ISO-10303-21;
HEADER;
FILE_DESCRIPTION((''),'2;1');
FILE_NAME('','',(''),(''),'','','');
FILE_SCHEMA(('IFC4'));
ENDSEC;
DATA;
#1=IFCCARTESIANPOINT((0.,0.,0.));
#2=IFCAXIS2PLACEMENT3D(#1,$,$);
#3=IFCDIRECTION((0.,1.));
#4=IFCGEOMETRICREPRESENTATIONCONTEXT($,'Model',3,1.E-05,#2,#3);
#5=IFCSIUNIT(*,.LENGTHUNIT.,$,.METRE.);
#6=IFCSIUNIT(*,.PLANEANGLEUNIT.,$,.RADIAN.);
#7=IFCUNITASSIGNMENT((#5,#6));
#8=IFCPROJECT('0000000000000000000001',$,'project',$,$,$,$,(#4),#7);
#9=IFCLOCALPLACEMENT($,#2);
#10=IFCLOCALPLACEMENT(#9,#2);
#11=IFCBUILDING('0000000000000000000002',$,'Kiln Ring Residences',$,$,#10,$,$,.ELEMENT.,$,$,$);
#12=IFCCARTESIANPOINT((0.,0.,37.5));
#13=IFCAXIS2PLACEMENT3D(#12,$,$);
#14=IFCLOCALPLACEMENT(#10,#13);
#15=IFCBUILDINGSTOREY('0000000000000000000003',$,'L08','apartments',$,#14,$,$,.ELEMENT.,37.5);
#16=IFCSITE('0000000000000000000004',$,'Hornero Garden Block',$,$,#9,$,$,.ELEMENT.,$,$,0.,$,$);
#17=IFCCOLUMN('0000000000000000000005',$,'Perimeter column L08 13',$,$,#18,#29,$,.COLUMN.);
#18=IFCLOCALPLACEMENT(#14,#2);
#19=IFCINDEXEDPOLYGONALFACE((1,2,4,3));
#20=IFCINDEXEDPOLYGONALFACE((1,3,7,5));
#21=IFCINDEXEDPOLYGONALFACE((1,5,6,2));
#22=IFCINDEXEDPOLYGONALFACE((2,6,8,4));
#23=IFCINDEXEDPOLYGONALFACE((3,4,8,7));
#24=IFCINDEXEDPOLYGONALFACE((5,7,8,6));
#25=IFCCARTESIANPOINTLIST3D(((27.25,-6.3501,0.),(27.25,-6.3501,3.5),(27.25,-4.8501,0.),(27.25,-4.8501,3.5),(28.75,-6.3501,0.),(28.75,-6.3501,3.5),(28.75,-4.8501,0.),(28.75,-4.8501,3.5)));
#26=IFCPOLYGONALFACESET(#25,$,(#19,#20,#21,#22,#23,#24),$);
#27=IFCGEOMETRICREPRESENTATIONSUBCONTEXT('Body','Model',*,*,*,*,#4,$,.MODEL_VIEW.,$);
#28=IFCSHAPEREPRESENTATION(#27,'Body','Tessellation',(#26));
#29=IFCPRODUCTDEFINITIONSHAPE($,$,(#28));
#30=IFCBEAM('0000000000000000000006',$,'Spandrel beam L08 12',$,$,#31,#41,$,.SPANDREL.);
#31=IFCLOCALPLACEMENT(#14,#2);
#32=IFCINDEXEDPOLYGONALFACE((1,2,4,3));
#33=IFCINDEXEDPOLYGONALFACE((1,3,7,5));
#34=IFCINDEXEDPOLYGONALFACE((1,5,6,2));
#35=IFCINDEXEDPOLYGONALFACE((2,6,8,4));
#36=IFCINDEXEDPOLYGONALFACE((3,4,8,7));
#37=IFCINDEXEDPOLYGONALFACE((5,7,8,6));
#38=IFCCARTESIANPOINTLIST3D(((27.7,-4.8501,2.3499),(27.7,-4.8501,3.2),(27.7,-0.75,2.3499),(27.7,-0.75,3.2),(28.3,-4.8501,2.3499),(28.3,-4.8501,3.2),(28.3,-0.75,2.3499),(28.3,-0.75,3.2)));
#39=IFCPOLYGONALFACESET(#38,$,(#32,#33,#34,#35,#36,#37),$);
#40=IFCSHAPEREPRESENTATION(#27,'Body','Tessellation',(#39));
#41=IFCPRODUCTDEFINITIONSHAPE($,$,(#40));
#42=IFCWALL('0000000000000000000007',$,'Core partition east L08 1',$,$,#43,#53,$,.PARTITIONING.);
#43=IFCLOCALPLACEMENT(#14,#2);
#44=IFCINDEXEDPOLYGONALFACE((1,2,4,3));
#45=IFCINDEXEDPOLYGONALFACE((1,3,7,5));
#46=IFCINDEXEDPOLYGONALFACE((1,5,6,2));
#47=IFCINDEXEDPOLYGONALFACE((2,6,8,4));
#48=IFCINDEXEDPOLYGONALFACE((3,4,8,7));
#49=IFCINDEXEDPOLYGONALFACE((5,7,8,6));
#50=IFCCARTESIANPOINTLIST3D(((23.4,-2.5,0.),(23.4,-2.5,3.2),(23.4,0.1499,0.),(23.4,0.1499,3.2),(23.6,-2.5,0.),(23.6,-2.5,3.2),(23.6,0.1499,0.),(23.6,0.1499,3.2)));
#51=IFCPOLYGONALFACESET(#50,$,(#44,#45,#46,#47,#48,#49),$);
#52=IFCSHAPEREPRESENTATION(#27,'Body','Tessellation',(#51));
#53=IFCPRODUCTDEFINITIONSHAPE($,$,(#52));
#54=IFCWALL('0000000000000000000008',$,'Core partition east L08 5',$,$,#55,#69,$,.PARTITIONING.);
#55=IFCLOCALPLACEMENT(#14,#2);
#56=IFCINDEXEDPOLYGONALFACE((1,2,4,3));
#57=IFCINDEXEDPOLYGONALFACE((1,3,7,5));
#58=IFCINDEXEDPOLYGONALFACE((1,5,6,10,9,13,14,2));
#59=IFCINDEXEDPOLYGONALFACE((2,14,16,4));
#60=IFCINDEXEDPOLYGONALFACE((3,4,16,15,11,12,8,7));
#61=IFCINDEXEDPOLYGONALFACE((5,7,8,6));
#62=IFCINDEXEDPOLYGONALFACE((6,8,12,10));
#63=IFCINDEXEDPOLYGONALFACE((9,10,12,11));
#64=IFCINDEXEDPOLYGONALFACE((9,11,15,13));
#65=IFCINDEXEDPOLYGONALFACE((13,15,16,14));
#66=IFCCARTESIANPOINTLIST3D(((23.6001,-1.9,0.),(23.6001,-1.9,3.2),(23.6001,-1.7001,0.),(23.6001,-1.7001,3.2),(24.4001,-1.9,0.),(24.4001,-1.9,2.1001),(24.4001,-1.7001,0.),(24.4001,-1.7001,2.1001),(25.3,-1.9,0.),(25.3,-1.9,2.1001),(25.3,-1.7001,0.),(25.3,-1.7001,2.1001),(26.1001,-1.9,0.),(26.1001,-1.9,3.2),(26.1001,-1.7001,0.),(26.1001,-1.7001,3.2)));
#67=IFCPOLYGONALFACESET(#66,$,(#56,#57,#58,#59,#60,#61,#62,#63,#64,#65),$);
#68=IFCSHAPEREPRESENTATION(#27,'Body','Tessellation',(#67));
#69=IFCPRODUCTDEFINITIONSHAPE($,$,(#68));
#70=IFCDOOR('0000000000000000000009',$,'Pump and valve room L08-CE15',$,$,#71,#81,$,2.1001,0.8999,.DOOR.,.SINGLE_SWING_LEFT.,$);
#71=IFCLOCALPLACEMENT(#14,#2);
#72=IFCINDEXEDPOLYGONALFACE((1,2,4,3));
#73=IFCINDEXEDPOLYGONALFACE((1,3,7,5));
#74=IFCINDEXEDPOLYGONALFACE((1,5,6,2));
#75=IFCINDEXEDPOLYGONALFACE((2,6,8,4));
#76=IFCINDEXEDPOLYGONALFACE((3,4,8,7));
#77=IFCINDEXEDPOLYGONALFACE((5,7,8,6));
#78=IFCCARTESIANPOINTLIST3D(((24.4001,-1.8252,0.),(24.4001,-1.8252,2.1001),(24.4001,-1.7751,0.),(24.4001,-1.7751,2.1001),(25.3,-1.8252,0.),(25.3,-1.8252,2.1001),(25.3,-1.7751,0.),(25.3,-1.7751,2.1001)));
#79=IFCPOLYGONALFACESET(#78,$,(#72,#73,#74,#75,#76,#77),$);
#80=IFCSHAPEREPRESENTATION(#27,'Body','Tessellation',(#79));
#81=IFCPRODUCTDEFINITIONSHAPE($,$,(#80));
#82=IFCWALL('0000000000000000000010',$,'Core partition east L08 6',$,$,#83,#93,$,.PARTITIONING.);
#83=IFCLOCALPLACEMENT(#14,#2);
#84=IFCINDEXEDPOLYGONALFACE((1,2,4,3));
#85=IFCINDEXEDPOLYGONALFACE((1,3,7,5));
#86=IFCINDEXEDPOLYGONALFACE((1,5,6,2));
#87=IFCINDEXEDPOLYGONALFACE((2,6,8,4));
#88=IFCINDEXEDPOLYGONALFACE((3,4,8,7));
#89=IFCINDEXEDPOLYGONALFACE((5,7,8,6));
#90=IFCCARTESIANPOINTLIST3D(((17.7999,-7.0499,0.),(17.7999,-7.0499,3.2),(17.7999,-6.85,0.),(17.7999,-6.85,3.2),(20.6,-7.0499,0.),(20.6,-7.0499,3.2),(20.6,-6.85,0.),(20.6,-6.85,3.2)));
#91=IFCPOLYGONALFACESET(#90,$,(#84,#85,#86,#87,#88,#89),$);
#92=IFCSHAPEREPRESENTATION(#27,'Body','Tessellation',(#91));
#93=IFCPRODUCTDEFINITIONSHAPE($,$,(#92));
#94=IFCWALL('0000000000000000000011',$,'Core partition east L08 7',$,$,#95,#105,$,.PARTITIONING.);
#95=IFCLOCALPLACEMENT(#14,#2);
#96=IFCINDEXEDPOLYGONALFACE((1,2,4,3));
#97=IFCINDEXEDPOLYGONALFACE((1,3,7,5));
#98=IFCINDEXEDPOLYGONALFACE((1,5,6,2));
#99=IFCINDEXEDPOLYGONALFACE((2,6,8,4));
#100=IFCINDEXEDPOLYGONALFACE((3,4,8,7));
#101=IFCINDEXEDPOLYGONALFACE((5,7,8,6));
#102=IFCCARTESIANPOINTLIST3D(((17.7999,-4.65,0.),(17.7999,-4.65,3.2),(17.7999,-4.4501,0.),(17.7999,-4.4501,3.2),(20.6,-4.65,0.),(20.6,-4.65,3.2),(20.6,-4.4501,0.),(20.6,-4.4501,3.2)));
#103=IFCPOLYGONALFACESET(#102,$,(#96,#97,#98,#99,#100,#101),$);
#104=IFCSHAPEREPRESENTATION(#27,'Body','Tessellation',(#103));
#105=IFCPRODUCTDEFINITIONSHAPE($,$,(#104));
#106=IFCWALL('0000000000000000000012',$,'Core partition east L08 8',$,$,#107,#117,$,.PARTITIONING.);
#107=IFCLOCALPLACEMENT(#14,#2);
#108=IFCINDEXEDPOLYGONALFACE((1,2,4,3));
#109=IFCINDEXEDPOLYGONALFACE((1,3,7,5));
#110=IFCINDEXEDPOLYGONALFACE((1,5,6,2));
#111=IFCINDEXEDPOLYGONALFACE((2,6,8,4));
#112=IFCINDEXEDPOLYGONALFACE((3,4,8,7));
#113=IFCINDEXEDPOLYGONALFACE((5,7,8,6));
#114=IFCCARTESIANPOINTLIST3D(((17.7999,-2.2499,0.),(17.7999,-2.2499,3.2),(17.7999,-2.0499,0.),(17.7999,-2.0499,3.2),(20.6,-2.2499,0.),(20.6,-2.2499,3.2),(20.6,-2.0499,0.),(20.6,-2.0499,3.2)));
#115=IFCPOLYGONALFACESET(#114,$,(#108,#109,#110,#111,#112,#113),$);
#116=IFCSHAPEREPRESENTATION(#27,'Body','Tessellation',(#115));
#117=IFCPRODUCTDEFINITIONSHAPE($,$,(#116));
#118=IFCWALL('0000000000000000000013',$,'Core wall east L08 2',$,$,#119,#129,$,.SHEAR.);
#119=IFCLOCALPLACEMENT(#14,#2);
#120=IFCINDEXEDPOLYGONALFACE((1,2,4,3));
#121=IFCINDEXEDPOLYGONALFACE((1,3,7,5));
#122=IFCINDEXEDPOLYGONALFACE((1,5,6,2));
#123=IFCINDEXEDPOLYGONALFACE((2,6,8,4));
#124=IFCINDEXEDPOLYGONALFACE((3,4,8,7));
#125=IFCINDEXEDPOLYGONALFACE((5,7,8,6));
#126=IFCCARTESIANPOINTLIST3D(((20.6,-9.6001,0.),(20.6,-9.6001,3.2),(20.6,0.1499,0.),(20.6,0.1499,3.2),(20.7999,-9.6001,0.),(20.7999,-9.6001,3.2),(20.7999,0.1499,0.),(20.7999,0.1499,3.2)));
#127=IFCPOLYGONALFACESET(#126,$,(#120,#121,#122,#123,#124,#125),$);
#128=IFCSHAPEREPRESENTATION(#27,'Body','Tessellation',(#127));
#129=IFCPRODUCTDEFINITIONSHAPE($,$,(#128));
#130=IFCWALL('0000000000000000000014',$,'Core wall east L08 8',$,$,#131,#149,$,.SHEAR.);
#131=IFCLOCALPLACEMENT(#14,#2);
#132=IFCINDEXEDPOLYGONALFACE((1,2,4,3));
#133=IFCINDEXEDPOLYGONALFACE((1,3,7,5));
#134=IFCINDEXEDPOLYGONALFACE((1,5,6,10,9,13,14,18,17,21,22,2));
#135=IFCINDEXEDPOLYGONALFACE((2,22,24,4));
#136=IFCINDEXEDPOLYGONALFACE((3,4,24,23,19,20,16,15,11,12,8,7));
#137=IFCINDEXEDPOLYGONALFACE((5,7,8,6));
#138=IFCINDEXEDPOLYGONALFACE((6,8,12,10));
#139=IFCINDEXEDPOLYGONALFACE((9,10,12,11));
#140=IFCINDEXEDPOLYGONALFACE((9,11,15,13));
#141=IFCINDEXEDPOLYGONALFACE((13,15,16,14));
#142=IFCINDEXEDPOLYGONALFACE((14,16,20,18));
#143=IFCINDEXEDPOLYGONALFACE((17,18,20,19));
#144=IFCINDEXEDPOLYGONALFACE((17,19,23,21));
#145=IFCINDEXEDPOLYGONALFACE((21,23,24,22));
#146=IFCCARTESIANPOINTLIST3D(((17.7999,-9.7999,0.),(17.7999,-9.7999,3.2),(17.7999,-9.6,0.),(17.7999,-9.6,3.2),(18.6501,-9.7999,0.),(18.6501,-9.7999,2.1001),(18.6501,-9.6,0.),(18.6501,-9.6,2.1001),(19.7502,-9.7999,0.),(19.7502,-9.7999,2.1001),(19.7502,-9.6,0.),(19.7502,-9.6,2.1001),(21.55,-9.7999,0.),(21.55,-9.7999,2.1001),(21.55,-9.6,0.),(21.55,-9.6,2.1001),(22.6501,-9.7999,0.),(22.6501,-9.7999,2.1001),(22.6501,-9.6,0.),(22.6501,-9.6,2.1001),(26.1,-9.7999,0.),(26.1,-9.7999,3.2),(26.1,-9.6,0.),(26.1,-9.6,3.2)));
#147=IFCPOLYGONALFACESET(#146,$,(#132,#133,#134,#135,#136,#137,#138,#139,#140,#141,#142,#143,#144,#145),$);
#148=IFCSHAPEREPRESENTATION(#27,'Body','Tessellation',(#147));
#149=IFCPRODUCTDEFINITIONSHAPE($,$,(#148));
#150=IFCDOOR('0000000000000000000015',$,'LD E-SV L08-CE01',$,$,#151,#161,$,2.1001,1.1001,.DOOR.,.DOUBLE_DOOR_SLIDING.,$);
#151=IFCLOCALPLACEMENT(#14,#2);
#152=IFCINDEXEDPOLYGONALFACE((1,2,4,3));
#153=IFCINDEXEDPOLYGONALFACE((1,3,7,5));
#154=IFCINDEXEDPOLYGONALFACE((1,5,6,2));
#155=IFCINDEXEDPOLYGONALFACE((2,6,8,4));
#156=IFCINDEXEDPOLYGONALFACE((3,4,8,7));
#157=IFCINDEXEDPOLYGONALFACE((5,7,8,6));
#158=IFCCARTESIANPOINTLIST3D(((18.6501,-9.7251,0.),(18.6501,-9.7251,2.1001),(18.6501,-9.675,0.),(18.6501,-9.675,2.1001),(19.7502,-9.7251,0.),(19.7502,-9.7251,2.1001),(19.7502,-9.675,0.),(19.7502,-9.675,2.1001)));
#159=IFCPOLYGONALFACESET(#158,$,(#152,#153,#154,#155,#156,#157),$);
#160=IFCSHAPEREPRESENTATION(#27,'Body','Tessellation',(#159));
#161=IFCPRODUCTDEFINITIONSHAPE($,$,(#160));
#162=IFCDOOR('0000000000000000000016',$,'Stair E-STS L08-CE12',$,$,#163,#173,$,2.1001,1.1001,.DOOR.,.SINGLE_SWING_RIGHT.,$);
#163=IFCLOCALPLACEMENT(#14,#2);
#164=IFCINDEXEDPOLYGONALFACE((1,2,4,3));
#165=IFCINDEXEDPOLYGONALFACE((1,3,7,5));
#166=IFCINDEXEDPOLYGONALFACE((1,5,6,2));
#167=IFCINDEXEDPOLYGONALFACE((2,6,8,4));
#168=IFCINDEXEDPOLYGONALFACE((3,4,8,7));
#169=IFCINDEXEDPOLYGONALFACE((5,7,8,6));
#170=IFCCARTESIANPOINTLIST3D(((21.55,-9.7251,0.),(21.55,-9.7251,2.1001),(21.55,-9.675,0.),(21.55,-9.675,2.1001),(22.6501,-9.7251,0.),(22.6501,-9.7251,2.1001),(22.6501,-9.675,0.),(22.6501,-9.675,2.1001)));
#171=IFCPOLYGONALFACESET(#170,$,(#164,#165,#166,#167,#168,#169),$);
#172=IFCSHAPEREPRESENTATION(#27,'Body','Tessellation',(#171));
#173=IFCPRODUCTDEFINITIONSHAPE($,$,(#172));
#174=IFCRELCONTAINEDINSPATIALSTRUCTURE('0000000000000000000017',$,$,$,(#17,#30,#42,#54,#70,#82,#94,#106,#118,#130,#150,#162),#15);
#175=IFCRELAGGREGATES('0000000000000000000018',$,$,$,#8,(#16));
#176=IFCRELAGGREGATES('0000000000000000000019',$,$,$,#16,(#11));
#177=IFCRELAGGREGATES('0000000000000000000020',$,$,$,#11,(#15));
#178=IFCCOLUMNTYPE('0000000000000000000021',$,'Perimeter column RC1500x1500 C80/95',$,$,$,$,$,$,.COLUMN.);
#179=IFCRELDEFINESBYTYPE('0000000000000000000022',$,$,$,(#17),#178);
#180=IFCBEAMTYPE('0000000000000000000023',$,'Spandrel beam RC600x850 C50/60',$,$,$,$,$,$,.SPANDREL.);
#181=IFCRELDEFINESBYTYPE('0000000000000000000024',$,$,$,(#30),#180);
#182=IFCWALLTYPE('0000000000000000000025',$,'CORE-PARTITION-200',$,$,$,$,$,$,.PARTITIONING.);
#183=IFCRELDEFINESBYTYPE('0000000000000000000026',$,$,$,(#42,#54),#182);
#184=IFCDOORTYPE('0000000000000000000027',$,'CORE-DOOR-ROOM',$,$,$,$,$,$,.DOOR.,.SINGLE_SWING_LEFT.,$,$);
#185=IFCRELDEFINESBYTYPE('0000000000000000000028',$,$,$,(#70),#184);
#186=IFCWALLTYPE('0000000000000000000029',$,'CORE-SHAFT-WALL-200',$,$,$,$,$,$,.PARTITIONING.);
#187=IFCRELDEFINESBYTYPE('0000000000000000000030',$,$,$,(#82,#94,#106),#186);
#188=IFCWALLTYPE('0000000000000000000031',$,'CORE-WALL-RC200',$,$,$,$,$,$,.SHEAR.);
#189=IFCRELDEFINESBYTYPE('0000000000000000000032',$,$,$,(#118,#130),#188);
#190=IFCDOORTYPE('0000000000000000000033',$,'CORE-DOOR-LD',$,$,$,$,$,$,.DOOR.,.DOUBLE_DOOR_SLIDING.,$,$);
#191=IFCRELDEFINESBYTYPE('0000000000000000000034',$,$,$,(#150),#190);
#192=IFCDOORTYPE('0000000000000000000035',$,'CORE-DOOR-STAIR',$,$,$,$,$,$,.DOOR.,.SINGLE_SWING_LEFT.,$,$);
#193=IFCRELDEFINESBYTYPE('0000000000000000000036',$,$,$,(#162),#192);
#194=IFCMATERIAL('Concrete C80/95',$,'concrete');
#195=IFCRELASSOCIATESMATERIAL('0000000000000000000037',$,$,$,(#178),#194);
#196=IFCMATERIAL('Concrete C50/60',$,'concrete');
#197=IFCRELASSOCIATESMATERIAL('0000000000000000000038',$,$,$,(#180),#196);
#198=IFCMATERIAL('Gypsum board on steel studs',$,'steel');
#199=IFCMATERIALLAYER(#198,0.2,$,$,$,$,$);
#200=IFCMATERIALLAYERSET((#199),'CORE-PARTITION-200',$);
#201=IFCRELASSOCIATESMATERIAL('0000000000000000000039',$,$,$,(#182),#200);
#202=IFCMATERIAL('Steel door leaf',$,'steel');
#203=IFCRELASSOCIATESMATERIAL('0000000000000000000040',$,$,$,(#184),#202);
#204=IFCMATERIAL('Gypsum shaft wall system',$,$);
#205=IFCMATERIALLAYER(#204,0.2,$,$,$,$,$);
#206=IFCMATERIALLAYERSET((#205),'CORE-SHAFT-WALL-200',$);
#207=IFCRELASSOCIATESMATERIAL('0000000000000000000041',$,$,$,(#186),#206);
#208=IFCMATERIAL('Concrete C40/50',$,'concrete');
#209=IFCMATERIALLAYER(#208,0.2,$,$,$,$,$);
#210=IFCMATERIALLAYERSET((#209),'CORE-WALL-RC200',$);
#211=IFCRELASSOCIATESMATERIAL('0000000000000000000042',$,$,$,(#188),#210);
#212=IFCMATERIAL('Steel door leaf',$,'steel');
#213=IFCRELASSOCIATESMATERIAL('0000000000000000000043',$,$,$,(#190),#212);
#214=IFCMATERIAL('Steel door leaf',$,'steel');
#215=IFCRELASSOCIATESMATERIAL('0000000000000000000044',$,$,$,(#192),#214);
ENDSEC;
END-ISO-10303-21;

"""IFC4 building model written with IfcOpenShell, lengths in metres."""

from ifc_helpers import new_model, si_unit, direction, frame, frame_2d, origin, origin_2d, place, context, subcontext, project, spatial, rectangle, extrude, material, layer, layer_set, material_profile, profile_set, type_object, element, fill, save


model = new_model("IFC4")

# Units and contexts
model_context = context("Model", 3, precision=1e-05, world=origin(), true_north=direction((0.0, 1.0)))
body_context = subcontext(model_context, "Body", "Model", "MODEL_VIEW")
ifc_project = project(units=[si_unit("LENGTHUNIT", "METRE"), si_unit("PLANEANGLEUNIT", "RADIAN")], contexts=[model_context])

# Site, building, storey
site_placement = place(None, origin())
site = spatial("IfcSite", under=ifc_project, at=site_placement, Name="Hornero Garden Block", CompositionType="ELEMENT", RefElevation=0.0)
building_placement = place(site_placement, origin())
building = spatial("IfcBuilding", under=site, at=building_placement, Name="Kiln Ring Residences", CompositionType="ELEMENT")
storey_placement = place(building_placement, frame((0.0, 0.0, 37.5)))
storey = spatial("IfcBuildingStorey", under=building, at=storey_placement, Name="L08", Description="apartments", CompositionType="ELEMENT", Elevation=37.5)

# Column
ifc_material_1 = material(Name="Concrete C80/95", Category="concrete")
ifc_material_profile_1 = material_profile(ifc_material_1, rectangle(XDim=1.5, YDim=1.5, at=origin_2d()), Name="RC1500x1500")
ifc_profile_set_1 = profile_set([ifc_material_profile_1], Name="Concrete C80/95")
column_type = type_object("IfcColumnType", Name="Perimeter column RC1500x1500 C80/95", PredefinedType="COLUMN", material=ifc_profile_set_1)
column_placement = place(storey_placement, frame((28.0, -5.6001, 0.0), z_axis=(0.0, 0.0, 1.0), x_axis=(1.0, 0.0, 0.0)))
element("IfcColumn", 1, at=column_placement, inside=storey, type_object=column_type, Name="Perimeter column L08 13", PredefinedType="COLUMN", context=body_context, shape_type="SweptSolid", body=[
    extrude(rectangle(XDim=1.5, YDim=1.5, at=origin_2d()), origin(), (0.0, 0.0, 1.0), 3.5),
])

# Beam
ifc_material_2 = material(Name="Concrete C50/60", Category="concrete")
ifc_material_profile_2 = material_profile(ifc_material_2, rectangle(XDim=0.6001, YDim=0.8501, at=origin_2d()), Name="RC600x850")
ifc_profile_set_2 = profile_set([ifc_material_profile_2], Name="Concrete C50/60")
beam_type = type_object("IfcBeamType", Name="Spandrel beam RC600x850 C50/60", PredefinedType="SPANDREL", material=ifc_profile_set_2)
beam_placement = place(storey_placement, frame((28.0, -4.8501, 2.7749), z_axis=(0.0, 1.0, 0.0), x_axis=(-1.0, 0.0, 0.0)))
element("IfcBeam", 2, at=beam_placement, inside=storey, type_object=beam_type, Name="Spandrel beam L08 12", PredefinedType="SPANDREL", context=body_context, shape_type="SweptSolid", body=[
    extrude(rectangle(XDim=0.6001, YDim=0.8501, at=origin_2d()), origin(), (0.0, 0.0, 1.0), 4.1001),
])

# Wall
ifc_material_3 = material(Name="Gypsum board on steel studs", Category="steel")
ifc_layer_1 = layer(ifc_material_3, 0.2)
ifc_layer_set_1 = layer_set([ifc_layer_1], Name="CORE-PARTITION-200")
wall_type_1 = type_object("IfcWallType", Name="CORE-PARTITION-200", PredefinedType="PARTITIONING", material=ifc_layer_set_1)
wall_1_placement = place(storey_placement, frame((23.5, -2.5, 0.0), z_axis=(0.0, 0.0, 1.0), x_axis=(0.0, 1.0, 0.0)))
element("IfcWall", 3, at=wall_1_placement, inside=storey, type_object=wall_type_1, Name="Core partition east L08 1", PredefinedType="PARTITIONING", context=body_context, shape_type="SweptSolid", body=[
    extrude(rectangle(XDim=2.6499, YDim=0.2, at=frame_2d((1.325, 0.0))), origin(), (0.0, 0.0, 1.0), 3.2),
])

# Wall, opening, door
wall_2_placement = place(storey_placement, frame((23.6001, -1.8, 0.0), z_axis=(0.0, 0.0, 1.0), x_axis=(1.0, 0.0, 0.0)))
wall_2 = element("IfcWall", 4, at=wall_2_placement, inside=storey, type_object=wall_type_1, Name="Core partition east L08 5", PredefinedType="PARTITIONING", context=body_context, shape_type="SweptSolid", body=[
    extrude(rectangle(XDim=2.5, YDim=0.2, at=frame_2d((1.25, 0.0))), origin(), (0.0, 0.0, 1.0), 3.2),
])
opening_1_placement = place(wall_2_placement, frame((0.8, 0.0, 0.0)))
opening_1 = element("IfcOpeningElement", 5, at=opening_1_placement, cuts=wall_2, PredefinedType="OPENING", context=body_context, shape_type="SweptSolid", body=[
    extrude(rectangle(XDim=0.8999, YDim=2.1001, at=frame_2d((0.45, 1.05))), frame((0.0, 0.1099, 0.0), z_axis=(0.0, -1.0, 0.0), x_axis=(1.0, 0.0, 0.0)), (0.0, 0.0, 1.0), 0.22),
])
ifc_material_4 = material(Name="Steel door leaf", Category="steel")
door_type_1 = type_object("IfcDoorType", Name="CORE-DOOR-ROOM", OperationType="SINGLE_SWING_LEFT", PredefinedType="DOOR", material=ifc_material_4)
door_1_placement = place(opening_1_placement, origin())
door_1 = element("IfcDoor", 6, at=door_1_placement, inside=storey, type_object=door_type_1, Name="Pump and valve room L08-CE15", OperationType="SINGLE_SWING_LEFT", OverallHeight=2.1001, OverallWidth=0.8999, PredefinedType="DOOR", context=body_context, shape_type="SweptSolid", body=[
    extrude(rectangle(XDim=0.8999, YDim=2.1001, at=frame_2d((0.45, 1.05))), frame((0.0, 0.0249, 0.0), z_axis=(0.0, -1.0, 0.0), x_axis=(1.0, 0.0, 0.0)), (0.0, 0.0, 1.0), 0.05),
])
fill(opening_1, door_1)

# Walls
ifc_material_5 = material(Name="Gypsum shaft wall system")
ifc_layer_2 = layer(ifc_material_5, 0.2)
ifc_layer_set_2 = layer_set([ifc_layer_2], Name="CORE-SHAFT-WALL-200")
wall_type_2 = type_object("IfcWallType", Name="CORE-SHAFT-WALL-200", PredefinedType="PARTITIONING", material=ifc_layer_set_2)
for number, where, z_axis, x_axis, name in (
    (7, (17.8, -6.95, 0.0), (0.0, 0.0, 1.0), (1.0, 0.0, 0.0), "Core partition east L08 6"),
    (8, (17.8, -4.55, 0.0), (0.0, 0.0, 1.0), (1.0, 0.0, 0.0), "Core partition east L08 7"),
    (9, (17.8, -2.1499, 0.0), (0.0, 0.0, 1.0), (1.0, 0.0, 0.0), "Core partition east L08 8"),
):
    element("IfcWall", number, at=place(storey_placement, frame(where, z_axis=z_axis, x_axis=x_axis)), inside=storey, type_object=wall_type_2, Name=name, PredefinedType="PARTITIONING", context=body_context, shape_type="SweptSolid", body=[
        extrude(rectangle(XDim=2.8, YDim=0.2, at=frame_2d((1.3999, 0.0))), origin(), (0.0, 0.0, 1.0), 3.2),
    ])
ifc_material_6 = material(Name="Concrete C40/50", Category="concrete")
ifc_layer_3 = layer(ifc_material_6, 0.2)
ifc_layer_set_3 = layer_set([ifc_layer_3], Name="CORE-WALL-RC200")
wall_type_3 = type_object("IfcWallType", Name="CORE-WALL-RC200", PredefinedType="SHEAR", material=ifc_layer_set_3)
wall_3_placement = place(storey_placement, frame((20.7, -9.6001, 0.0), z_axis=(0.0, 0.0, 1.0), x_axis=(0.0, 1.0, 0.0)))
element("IfcWall", 10, at=wall_3_placement, inside=storey, type_object=wall_type_3, Name="Core wall east L08 2", PredefinedType="SHEAR", context=body_context, shape_type="SweptSolid", body=[
    extrude(rectangle(XDim=9.75, YDim=0.2, at=frame_2d((4.875, 0.0))), origin(), (0.0, 0.0, 1.0), 3.2),
])

# Wall, openings, doors
wall_4_placement = place(storey_placement, frame((17.8, -9.7, 0.0), z_axis=(0.0, 0.0, 1.0), x_axis=(1.0, 0.0, 0.0)))
wall_4 = element("IfcWall", 11, at=wall_4_placement, inside=storey, type_object=wall_type_3, Name="Core wall east L08 8", PredefinedType="SHEAR", context=body_context, shape_type="SweptSolid", body=[
    extrude(rectangle(XDim=8.3, YDim=0.2, at=frame_2d((4.1499, 0.0))), origin(), (0.0, 0.0, 1.0), 3.2),
])
opening_2_placement = place(wall_4_placement, frame((0.8501, 0.0, 0.0)))
opening_2 = element("IfcOpeningElement", 12, at=opening_2_placement, cuts=wall_4, PredefinedType="OPENING", context=body_context, shape_type="SweptSolid", body=[
    extrude(rectangle(XDim=1.1001, YDim=2.1001, at=frame_2d((0.55, 1.05))), frame((0.0, 0.1099, 0.0), z_axis=(0.0, -1.0, 0.0), x_axis=(1.0, 0.0, 0.0)), (0.0, 0.0, 1.0), 0.22),
])
opening_3_placement = place(wall_4_placement, frame((3.75, 0.0, 0.0)))
opening_3 = element("IfcOpeningElement", 13, at=opening_3_placement, cuts=wall_4, PredefinedType="OPENING", context=body_context, shape_type="SweptSolid", body=[
    extrude(rectangle(XDim=1.1001, YDim=2.1001, at=frame_2d((0.55, 1.05))), frame((0.0, 0.1099, 0.0), z_axis=(0.0, -1.0, 0.0), x_axis=(1.0, 0.0, 0.0)), (0.0, 0.0, 1.0), 0.22),
])
ifc_material_7 = material(Name="Steel door leaf", Category="steel")
door_type_2 = type_object("IfcDoorType", Name="CORE-DOOR-LD", OperationType="DOUBLE_DOOR_SLIDING", PredefinedType="DOOR", material=ifc_material_7)
door_2_placement = place(opening_2_placement, origin())
door_2 = element("IfcDoor", 14, at=door_2_placement, inside=storey, type_object=door_type_2, Name="LD E-SV L08-CE01", OperationType="DOUBLE_DOOR_SLIDING", OverallHeight=2.1001, OverallWidth=1.1001, PredefinedType="DOOR", context=body_context, shape_type="SweptSolid", body=[
    extrude(rectangle(XDim=1.1001, YDim=2.1001, at=frame_2d((0.55, 1.05))), frame((0.0, 0.0249, 0.0), z_axis=(0.0, -1.0, 0.0), x_axis=(1.0, 0.0, 0.0)), (0.0, 0.0, 1.0), 0.05),
])
fill(opening_2, door_2)
ifc_material_8 = material(Name="Steel door leaf", Category="steel")
door_type_3 = type_object("IfcDoorType", Name="CORE-DOOR-STAIR", OperationType="SINGLE_SWING_LEFT", PredefinedType="DOOR", material=ifc_material_8)
door_3_placement = place(opening_3_placement, origin())
door_3 = element("IfcDoor", 15, at=door_3_placement, inside=storey, type_object=door_type_3, Name="Stair E-STS L08-CE12", OperationType="SINGLE_SWING_RIGHT", OverallHeight=2.1001, OverallWidth=1.1001, PredefinedType="DOOR", context=body_context, shape_type="SweptSolid", body=[
    extrude(rectangle(XDim=1.1001, YDim=2.1001, at=frame_2d((0.55, 1.05))), frame((0.0, 0.0249, 0.0), z_axis=(0.0, -1.0, 0.0), x_axis=(1.0, 0.0, 0.0)), (0.0, 0.0, 1.0), 0.05),
])
fill(opening_3, door_3)

save(model, "model.ifc")
